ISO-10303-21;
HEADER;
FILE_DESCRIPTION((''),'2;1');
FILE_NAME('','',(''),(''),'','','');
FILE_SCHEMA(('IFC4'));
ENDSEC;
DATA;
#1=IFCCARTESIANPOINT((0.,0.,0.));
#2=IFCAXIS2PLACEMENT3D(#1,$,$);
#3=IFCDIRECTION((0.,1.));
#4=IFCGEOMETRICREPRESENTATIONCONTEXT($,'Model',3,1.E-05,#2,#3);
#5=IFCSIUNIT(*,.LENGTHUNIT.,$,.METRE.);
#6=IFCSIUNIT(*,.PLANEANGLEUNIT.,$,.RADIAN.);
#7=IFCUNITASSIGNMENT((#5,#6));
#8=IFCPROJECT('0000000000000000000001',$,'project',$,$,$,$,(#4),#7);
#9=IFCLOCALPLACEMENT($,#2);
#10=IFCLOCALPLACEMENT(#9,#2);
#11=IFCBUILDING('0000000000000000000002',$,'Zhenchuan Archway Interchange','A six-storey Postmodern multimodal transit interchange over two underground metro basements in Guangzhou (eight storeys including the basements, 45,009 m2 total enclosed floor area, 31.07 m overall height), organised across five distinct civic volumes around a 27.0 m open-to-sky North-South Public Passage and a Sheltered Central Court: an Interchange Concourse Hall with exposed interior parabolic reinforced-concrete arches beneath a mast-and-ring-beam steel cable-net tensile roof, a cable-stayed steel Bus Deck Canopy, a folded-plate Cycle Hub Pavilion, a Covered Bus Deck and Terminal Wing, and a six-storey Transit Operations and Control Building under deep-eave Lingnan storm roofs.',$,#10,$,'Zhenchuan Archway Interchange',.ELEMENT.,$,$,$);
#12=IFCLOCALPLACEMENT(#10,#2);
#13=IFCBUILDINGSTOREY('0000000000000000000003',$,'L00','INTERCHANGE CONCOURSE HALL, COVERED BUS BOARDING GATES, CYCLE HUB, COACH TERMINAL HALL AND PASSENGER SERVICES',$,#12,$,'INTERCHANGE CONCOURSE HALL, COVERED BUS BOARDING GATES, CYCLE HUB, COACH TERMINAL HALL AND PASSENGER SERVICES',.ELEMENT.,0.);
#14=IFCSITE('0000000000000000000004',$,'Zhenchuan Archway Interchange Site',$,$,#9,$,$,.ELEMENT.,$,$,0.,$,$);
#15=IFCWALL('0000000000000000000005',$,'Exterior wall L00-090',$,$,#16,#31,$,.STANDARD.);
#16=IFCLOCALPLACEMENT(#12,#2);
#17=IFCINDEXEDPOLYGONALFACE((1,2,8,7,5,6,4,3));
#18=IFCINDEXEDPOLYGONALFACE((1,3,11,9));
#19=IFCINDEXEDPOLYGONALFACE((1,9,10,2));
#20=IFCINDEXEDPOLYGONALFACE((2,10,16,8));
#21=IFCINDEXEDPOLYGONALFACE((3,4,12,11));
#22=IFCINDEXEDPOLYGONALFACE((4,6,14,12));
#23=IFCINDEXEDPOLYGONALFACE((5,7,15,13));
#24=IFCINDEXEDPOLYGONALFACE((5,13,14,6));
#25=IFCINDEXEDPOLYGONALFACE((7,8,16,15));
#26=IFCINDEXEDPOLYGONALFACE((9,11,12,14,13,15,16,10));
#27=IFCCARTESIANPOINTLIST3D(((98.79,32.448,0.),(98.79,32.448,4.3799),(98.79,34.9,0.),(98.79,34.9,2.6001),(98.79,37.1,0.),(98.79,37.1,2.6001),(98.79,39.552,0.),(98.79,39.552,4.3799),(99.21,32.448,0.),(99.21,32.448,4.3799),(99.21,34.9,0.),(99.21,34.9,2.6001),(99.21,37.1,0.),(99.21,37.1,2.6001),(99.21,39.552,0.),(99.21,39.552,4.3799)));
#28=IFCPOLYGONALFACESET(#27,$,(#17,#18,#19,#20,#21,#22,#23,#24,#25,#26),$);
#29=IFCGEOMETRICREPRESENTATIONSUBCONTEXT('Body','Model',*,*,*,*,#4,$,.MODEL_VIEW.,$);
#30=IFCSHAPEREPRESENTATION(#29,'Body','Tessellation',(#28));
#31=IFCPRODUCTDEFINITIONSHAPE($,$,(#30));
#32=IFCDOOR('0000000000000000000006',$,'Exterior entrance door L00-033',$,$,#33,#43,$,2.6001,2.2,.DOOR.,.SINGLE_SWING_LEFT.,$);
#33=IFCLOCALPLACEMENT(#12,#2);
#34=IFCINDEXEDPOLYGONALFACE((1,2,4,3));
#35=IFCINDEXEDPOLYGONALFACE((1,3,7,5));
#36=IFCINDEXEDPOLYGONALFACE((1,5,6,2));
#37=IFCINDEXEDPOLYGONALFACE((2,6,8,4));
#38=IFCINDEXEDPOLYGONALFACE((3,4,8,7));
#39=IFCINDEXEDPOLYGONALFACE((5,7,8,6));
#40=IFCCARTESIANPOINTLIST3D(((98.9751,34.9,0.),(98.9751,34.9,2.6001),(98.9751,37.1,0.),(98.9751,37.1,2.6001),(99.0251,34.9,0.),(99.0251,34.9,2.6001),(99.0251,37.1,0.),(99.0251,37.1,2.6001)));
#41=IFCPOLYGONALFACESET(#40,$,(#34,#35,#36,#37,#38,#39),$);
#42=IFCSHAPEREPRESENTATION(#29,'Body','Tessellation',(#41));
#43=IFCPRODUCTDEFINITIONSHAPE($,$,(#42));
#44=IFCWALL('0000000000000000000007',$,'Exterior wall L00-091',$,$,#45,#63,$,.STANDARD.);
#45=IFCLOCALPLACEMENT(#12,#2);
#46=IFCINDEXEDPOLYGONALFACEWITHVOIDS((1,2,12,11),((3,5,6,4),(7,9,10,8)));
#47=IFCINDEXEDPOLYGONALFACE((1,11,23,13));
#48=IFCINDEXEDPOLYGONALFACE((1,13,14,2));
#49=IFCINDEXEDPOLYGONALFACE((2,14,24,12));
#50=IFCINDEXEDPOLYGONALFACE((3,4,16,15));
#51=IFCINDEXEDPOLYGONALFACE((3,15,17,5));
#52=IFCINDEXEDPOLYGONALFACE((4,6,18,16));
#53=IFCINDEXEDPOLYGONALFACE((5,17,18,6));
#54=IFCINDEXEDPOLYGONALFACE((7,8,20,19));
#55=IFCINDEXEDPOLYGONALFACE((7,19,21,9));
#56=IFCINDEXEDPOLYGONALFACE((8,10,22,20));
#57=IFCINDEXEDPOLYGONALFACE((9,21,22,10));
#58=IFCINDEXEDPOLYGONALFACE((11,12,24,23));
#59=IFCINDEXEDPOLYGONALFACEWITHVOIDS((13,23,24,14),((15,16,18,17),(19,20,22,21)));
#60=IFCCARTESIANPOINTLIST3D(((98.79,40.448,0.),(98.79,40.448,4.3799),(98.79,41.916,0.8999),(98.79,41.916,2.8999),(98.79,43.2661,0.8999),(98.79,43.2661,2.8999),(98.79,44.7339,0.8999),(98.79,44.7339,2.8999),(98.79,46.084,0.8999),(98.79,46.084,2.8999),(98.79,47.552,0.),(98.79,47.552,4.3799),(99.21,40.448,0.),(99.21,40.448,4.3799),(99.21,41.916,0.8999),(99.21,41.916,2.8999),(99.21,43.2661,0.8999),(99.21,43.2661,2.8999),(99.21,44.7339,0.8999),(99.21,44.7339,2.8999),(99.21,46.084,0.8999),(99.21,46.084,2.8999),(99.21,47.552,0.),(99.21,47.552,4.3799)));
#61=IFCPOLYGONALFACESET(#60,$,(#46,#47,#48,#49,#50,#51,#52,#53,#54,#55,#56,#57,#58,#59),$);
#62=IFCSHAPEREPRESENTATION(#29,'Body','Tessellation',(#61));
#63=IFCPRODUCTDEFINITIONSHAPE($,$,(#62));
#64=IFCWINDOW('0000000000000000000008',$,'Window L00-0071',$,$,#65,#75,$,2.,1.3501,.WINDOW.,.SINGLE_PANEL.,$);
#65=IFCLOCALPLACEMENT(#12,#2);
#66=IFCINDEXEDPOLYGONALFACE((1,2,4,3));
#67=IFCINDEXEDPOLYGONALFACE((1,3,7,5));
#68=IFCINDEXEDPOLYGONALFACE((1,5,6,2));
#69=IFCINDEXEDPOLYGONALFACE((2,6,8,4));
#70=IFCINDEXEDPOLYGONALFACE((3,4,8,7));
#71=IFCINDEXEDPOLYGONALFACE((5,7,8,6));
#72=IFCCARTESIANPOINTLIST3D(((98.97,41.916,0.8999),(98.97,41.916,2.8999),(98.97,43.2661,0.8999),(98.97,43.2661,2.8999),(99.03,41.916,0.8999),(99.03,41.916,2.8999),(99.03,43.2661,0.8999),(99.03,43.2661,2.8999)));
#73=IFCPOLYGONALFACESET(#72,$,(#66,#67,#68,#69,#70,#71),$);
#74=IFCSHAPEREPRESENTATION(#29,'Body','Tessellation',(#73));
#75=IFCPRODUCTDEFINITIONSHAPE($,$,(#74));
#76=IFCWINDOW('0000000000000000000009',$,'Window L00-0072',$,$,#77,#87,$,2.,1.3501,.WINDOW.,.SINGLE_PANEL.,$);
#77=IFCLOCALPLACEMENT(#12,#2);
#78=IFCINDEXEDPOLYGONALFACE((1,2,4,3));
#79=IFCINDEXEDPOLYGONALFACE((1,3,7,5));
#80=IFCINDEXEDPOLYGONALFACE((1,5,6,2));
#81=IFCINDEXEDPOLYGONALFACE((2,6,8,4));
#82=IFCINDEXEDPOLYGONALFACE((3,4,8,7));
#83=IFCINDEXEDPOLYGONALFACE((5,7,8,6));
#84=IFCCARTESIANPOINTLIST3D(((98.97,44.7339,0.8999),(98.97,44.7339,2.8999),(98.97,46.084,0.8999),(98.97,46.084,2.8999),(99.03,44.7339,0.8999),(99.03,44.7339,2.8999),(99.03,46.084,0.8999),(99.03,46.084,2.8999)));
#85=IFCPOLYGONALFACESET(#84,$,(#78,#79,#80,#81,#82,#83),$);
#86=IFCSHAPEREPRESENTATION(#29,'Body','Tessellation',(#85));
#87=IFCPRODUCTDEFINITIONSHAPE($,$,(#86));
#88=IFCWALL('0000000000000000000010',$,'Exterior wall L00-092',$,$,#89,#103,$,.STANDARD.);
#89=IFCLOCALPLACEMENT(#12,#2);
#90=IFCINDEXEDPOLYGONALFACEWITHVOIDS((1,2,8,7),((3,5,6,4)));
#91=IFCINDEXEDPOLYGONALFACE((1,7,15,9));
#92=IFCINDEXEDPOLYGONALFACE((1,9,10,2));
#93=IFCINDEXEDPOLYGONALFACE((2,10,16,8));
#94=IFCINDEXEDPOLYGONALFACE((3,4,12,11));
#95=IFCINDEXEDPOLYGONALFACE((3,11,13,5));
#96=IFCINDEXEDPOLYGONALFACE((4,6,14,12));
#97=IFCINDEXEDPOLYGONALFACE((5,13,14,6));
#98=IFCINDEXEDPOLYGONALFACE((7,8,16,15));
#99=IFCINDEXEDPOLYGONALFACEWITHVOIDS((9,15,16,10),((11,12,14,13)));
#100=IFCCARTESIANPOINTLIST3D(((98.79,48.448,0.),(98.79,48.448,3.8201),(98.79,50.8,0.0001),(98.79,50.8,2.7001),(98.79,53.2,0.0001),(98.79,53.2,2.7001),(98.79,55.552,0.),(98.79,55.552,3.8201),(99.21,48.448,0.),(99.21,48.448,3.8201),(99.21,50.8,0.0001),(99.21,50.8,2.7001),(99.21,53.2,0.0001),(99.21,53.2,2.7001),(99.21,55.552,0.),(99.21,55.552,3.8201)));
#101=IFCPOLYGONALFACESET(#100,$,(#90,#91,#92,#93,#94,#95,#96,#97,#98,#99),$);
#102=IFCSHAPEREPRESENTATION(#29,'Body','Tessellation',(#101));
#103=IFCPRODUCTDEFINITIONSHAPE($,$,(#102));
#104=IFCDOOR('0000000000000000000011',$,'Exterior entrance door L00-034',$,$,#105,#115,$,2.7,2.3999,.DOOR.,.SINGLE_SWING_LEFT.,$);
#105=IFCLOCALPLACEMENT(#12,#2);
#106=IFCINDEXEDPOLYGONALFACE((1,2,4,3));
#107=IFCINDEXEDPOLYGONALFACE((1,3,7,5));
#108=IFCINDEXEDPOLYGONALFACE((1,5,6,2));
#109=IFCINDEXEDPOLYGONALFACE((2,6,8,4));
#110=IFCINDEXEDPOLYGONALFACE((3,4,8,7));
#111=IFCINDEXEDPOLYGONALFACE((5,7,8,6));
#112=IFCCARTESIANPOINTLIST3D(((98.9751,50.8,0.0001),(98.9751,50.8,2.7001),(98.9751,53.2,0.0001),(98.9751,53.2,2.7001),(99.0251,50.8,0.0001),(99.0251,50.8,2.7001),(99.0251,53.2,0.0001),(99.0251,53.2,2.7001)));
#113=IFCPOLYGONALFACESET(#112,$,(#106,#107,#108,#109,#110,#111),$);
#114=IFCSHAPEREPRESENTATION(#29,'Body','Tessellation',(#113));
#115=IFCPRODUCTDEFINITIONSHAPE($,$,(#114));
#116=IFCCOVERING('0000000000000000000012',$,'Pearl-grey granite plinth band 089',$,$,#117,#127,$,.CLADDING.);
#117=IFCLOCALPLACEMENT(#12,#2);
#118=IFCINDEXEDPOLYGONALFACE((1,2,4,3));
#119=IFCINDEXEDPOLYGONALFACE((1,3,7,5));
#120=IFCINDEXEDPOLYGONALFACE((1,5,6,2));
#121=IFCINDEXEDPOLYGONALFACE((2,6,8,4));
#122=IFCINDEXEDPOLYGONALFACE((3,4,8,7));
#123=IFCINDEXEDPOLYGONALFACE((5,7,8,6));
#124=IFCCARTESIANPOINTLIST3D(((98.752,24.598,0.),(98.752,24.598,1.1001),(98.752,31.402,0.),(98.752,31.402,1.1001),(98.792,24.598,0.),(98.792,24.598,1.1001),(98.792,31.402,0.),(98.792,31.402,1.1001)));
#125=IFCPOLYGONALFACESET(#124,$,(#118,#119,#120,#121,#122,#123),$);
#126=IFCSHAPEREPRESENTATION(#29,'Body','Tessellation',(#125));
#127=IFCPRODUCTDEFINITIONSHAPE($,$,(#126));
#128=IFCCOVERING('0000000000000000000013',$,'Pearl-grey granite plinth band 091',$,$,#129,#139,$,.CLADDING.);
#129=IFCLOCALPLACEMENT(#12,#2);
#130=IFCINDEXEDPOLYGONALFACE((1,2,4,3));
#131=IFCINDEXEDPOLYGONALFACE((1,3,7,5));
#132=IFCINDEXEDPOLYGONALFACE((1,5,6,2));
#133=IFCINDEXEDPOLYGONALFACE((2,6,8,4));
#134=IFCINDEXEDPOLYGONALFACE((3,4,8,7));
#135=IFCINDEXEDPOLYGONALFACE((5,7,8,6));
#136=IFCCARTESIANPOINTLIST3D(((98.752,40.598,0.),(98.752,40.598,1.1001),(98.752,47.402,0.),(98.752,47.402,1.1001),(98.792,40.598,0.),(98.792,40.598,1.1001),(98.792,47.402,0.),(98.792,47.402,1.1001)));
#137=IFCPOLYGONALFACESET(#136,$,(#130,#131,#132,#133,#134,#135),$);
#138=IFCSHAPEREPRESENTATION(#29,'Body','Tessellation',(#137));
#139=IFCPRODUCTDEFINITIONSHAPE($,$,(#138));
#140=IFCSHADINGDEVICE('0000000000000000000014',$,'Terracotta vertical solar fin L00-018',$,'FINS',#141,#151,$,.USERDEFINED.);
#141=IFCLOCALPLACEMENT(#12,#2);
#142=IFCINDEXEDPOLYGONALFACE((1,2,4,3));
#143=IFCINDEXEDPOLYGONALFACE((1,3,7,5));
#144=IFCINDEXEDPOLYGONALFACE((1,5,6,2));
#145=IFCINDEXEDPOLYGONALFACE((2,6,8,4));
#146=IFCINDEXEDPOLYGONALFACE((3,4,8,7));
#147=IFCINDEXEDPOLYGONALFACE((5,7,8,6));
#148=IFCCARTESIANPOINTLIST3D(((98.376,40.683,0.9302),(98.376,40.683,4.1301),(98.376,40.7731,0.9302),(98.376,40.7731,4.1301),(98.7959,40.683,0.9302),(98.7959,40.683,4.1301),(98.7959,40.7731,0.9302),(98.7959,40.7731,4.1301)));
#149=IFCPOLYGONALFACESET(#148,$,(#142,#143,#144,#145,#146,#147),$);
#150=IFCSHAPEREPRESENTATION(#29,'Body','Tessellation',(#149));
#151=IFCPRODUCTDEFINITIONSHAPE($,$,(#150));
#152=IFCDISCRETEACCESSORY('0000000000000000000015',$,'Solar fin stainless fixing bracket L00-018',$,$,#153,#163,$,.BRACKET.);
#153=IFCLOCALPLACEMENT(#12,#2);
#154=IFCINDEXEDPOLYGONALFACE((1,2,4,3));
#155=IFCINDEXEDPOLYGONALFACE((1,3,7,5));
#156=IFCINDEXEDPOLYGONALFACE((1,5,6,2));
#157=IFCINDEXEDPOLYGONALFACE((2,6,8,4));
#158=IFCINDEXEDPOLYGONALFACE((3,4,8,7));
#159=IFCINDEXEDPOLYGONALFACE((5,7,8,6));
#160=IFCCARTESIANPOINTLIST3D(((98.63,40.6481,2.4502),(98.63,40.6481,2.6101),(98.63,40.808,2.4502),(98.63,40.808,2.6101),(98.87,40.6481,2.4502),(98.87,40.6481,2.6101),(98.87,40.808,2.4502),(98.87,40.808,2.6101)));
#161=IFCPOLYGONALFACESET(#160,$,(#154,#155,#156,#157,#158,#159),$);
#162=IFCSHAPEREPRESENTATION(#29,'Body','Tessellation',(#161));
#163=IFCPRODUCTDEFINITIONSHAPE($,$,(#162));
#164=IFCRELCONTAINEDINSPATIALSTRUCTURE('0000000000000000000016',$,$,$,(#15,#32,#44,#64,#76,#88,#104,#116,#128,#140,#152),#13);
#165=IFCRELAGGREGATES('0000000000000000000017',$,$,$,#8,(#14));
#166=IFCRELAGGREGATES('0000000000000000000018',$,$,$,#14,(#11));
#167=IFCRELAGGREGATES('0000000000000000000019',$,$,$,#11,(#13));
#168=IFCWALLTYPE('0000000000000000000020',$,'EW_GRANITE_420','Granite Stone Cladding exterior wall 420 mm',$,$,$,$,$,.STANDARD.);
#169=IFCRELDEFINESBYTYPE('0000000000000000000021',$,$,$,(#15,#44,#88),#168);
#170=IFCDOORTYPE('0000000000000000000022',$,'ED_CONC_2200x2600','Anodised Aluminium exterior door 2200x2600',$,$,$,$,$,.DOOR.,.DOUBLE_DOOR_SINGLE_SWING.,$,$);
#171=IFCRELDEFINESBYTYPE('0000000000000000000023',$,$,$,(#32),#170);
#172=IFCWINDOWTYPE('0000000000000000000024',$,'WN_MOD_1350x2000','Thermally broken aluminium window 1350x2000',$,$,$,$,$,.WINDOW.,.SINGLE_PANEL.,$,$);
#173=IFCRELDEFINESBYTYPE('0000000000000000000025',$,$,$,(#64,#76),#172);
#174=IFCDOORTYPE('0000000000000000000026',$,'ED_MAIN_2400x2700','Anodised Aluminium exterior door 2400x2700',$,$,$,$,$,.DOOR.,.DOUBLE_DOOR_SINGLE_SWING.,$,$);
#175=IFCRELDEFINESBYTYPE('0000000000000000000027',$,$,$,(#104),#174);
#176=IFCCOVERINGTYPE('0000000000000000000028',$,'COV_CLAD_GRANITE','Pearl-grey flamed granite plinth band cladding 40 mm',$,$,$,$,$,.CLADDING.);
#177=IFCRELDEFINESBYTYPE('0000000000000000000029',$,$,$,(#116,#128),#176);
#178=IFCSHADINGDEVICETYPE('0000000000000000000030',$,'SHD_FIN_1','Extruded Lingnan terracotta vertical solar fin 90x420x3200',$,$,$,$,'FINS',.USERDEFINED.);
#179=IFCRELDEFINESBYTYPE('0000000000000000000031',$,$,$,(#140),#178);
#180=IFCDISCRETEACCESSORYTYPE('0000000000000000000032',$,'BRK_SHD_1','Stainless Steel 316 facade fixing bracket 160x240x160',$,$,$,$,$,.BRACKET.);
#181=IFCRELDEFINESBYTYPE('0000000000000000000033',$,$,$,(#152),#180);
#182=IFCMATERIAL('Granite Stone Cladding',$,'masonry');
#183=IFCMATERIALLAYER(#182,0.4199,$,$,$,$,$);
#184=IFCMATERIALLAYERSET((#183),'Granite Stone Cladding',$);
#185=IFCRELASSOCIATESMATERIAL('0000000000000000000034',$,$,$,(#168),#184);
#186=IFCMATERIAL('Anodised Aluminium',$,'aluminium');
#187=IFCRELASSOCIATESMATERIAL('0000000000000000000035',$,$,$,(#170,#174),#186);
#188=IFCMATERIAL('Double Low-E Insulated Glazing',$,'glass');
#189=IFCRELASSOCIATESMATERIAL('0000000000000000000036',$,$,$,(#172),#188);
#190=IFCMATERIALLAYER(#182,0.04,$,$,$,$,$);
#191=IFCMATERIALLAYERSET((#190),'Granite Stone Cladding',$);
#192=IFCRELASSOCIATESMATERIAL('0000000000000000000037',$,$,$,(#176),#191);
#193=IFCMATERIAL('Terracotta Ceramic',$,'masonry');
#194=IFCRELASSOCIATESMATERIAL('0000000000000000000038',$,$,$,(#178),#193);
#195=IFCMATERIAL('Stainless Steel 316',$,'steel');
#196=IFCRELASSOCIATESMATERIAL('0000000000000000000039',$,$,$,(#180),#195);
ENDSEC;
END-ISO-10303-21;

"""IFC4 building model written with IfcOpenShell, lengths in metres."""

from ifc_helpers import new_model, si_unit, direction, frame, frame_2d, origin, origin_2d, place, context, subcontext, project, spatial, rectangle, extrude, material, layer, layer_set, type_object, element, fill, save


model = new_model("IFC4")

# Units and contexts
model_context = context("Model", 3, precision=1e-05, world=origin(), true_north=direction((0.0, 1.0)))
body_context = subcontext(model_context, "Body", "Model", "MODEL_VIEW")
ifc_project = project(units=[si_unit("LENGTHUNIT", "METRE"), si_unit("PLANEANGLEUNIT", "RADIAN")], contexts=[model_context])

# Site, building, storey
site_placement = place(None, origin())
site = spatial("IfcSite", under=ifc_project, at=site_placement, Name="Zhenchuan Archway Interchange Site", CompositionType="ELEMENT", RefElevation=0.0)
building_placement = place(site_placement, origin())
building = spatial("IfcBuilding", under=site, at=building_placement, Name="Zhenchuan Archway Interchange", Description="A six-storey Postmodern multimodal transit interchange over two underground metro basements in Guangzhou (eight storeys including the basements, 45,009 m2 total enclosed floor area, 31.07 m overall height), organised across five distinct civic volumes around a 27.0 m open-to-sky North-South Public Passage and a Sheltered Central Court: an Interchange Concourse Hall with exposed interior parabolic reinforced-concrete arches beneath a mast-and-ring-beam steel cable-net tensile roof, a cable-stayed steel Bus Deck Canopy, a folded-plate Cycle Hub Pavilion, a Covered Bus Deck and Terminal Wing, and a six-storey Transit Operations and Control Building under deep-eave Lingnan storm roofs.", LongName="Zhenchuan Archway Interchange", CompositionType="ELEMENT")
storey_placement = place(building_placement, origin())
storey = spatial("IfcBuildingStorey", under=building, at=storey_placement, Name="L00", Description="INTERCHANGE CONCOURSE HALL, COVERED BUS BOARDING GATES, CYCLE HUB, COACH TERMINAL HALL AND PASSENGER SERVICES", LongName="INTERCHANGE CONCOURSE HALL, COVERED BUS BOARDING GATES, CYCLE HUB, COACH TERMINAL HALL AND PASSENGER SERVICES", CompositionType="ELEMENT", Elevation=0.0)

# Wall, opening, door
ifc_material_1 = material(Name="Granite Stone Cladding", Category="masonry")
ifc_layer_1 = layer(ifc_material_1, 0.4199)
ifc_layer_set_1 = layer_set([ifc_layer_1], Name="Granite Stone Cladding")
wall_type = type_object("IfcWallType", Name="EW_GRANITE_420", Description="Granite Stone Cladding exterior wall 420 mm", PredefinedType="STANDARD", material=ifc_layer_set_1)
wall_1_placement = place(storey_placement, frame((99.0, 32.448, 0.0), z_axis=(0.0, 0.0, 1.0), x_axis=(0.0, 1.0, 0.0)))
wall_1 = element("IfcWall", 1, at=wall_1_placement, inside=storey, type_object=wall_type, Name="Exterior wall L00-090", PredefinedType="STANDARD", context=body_context, shape_type="SweptSolid", body=[
    extrude(rectangle(XDim=7.104, YDim=0.4199, at=frame_2d((3.552, 0.0))), origin(), (0.0, 0.0, 1.0), 4.3799),
])
opening_1_placement = place(wall_1_placement, frame((2.4519, 0.0, 0.0)))
opening_1 = element("IfcOpeningElement", 2, at=opening_1_placement, cuts=wall_1, PredefinedType="OPENING", context=body_context, shape_type="SweptSolid", body=[
    extrude(rectangle(XDim=2.2, YDim=2.6001, at=frame_2d((1.1001, 1.3))), frame((0.0, 0.2219, 0.0), z_axis=(0.0, -1.0, 0.0), x_axis=(1.0, 0.0, 0.0)), (0.0, 0.0, 1.0), 0.4438),
])
ifc_material_2 = material(Name="Anodised Aluminium", Category="aluminium")
door_type_1 = type_object("IfcDoorType", Name="ED_CONC_2200x2600", Description="Anodised Aluminium exterior door 2200x2600", OperationType="DOUBLE_DOOR_SINGLE_SWING", PredefinedType="DOOR", material=ifc_material_2)
door_1_placement = place(opening_1_placement, origin())
door_1 = element("IfcDoor", 3, at=door_1_placement, inside=storey, type_object=door_type_1, Name="Exterior entrance door L00-033", OperationType="SINGLE_SWING_LEFT", OverallHeight=2.6001, OverallWidth=2.2, PredefinedType="DOOR", context=body_context, shape_type="SweptSolid", body=[
    extrude(rectangle(XDim=2.2, YDim=2.6001, at=frame_2d((1.1001, 1.3))), frame((0.0, 0.0249, 0.0), z_axis=(0.0, -1.0, 0.0), x_axis=(1.0, 0.0, 0.0)), (0.0, 0.0, 1.0), 0.05),
])
fill(opening_1, door_1)

# Wall, openings, windows
wall_2_placement = place(storey_placement, frame((99.0, 40.448, 0.0), z_axis=(0.0, 0.0, 1.0), x_axis=(0.0, 1.0, 0.0)))
wall_2 = element("IfcWall", 4, at=wall_2_placement, inside=storey, type_object=wall_type, Name="Exterior wall L00-091", PredefinedType="STANDARD", context=body_context, shape_type="SweptSolid", body=[
    extrude(rectangle(XDim=7.104, YDim=0.4199, at=frame_2d((3.552, 0.0))), origin(), (0.0, 0.0, 1.0), 4.3799),
])
opening_2_placement = place(wall_2_placement, frame((1.468, 0.0, 0.8999)))
opening_2 = element("IfcOpeningElement", 5, at=opening_2_placement, cuts=wall_2, PredefinedType="OPENING", context=body_context, shape_type="SweptSolid", body=[
    extrude(rectangle(XDim=1.3501, YDim=2.0, at=frame_2d((0.675, 1.0))), frame((0.0, 0.2219, 0.0), z_axis=(0.0, -1.0, 0.0), x_axis=(1.0, 0.0, 0.0)), (0.0, 0.0, 1.0), 0.4438),
])
opening_3_placement = place(wall_2_placement, frame((4.2859, 0.0, 0.8999)))
opening_3 = element("IfcOpeningElement", 6, at=opening_3_placement, cuts=wall_2, PredefinedType="OPENING", context=body_context, shape_type="SweptSolid", body=[
    extrude(rectangle(XDim=1.3501, YDim=2.0, at=frame_2d((0.675, 1.0))), frame((0.0, 0.2219, 0.0), z_axis=(0.0, -1.0, 0.0), x_axis=(1.0, 0.0, 0.0)), (0.0, 0.0, 1.0), 0.4438),
])
ifc_material_3 = material(Name="Double Low-E Insulated Glazing", Category="glass")
window_type = type_object("IfcWindowType", Name="WN_MOD_1350x2000", Description="Thermally broken aluminium window 1350x2000", PartitioningType="SINGLE_PANEL", PredefinedType="WINDOW", material=ifc_material_3)
window_1_placement = place(opening_2_placement, origin())
window_1 = element("IfcWindow", 7, at=window_1_placement, inside=storey, type_object=window_type, Name="Window L00-0071", OverallHeight=2.0, OverallWidth=1.3501, PartitioningType="SINGLE_PANEL", PredefinedType="WINDOW", context=body_context, shape_type="SweptSolid", body=[
    extrude(rectangle(XDim=1.3501, YDim=2.0, at=frame_2d((0.675, 1.0))), frame((0.0, 0.03, 0.0), z_axis=(0.0, -1.0, 0.0), x_axis=(1.0, 0.0, 0.0)), (0.0, 0.0, 1.0), 0.0601),
])
fill(opening_2, window_1)
window_2_placement = place(opening_3_placement, origin())
window_2 = element("IfcWindow", 8, at=window_2_placement, inside=storey, type_object=window_type, Name="Window L00-0072", OverallHeight=2.0, OverallWidth=1.3501, PartitioningType="SINGLE_PANEL", PredefinedType="WINDOW", context=body_context, shape_type="SweptSolid", body=[
    extrude(rectangle(XDim=1.3501, YDim=2.0, at=frame_2d((0.675, 1.0))), frame((0.0, 0.03, 0.0), z_axis=(0.0, -1.0, 0.0), x_axis=(1.0, 0.0, 0.0)), (0.0, 0.0, 1.0), 0.0601),
])
fill(opening_3, window_2)

# Wall, opening, door
wall_3_placement = place(storey_placement, frame((99.0, 48.448, 0.0), z_axis=(0.0, 0.0, 1.0), x_axis=(0.0, 1.0, 0.0)))
wall_3 = element("IfcWall", 9, at=wall_3_placement, inside=storey, type_object=wall_type, Name="Exterior wall L00-092", PredefinedType="STANDARD", context=body_context, shape_type="SweptSolid", body=[
    extrude(rectangle(XDim=7.104, YDim=0.4199, at=frame_2d((3.552, 0.0))), origin(), (0.0, 0.0, 1.0), 3.8201),
])
opening_4_placement = place(wall_3_placement, frame((2.3521, 0.0, 0.0)))
opening_4 = element("IfcOpeningElement", 10, at=opening_4_placement, cuts=wall_3, PredefinedType="OPENING", context=body_context, shape_type="SweptSolid", body=[
    extrude(rectangle(XDim=2.3999, YDim=2.7, at=frame_2d((1.2, 1.3501))), frame((0.0, 0.2219, 0.0), z_axis=(0.0, -1.0, 0.0), x_axis=(1.0, 0.0, 0.0)), (0.0, 0.0, 1.0), 0.4438),
])
door_type_2 = type_object("IfcDoorType", Name="ED_MAIN_2400x2700", Description="Anodised Aluminium exterior door 2400x2700", OperationType="DOUBLE_DOOR_SINGLE_SWING", PredefinedType="DOOR", material=ifc_material_2)
door_2_placement = place(opening_4_placement, origin())
door_2 = element("IfcDoor", 11, at=door_2_placement, inside=storey, type_object=door_type_2, Name="Exterior entrance door L00-034", OperationType="SINGLE_SWING_LEFT", OverallHeight=2.7, OverallWidth=2.3999, PredefinedType="DOOR", context=body_context, shape_type="SweptSolid", body=[
    extrude(rectangle(XDim=2.3999, YDim=2.7, at=frame_2d((1.2, 1.3501))), frame((0.0, 0.0249, 0.0), z_axis=(0.0, -1.0, 0.0), x_axis=(1.0, 0.0, 0.0)), (0.0, 0.0, 1.0), 0.05),
])
fill(opening_4, door_2)

# Coverings
ifc_layer_2 = layer(ifc_material_1, 0.04)
ifc_layer_set_2 = layer_set([ifc_layer_2], Name="Granite Stone Cladding")
covering_type = type_object("IfcCoveringType", Name="COV_CLAD_GRANITE", Description="Pearl-grey flamed granite plinth band cladding 40 mm", PredefinedType="CLADDING", material=ifc_layer_set_2)
for number, where, z_axis, x_axis, name in (
    (12, (98.772, 28.0, 0.0), (0.0, 0.0, 1.0), (0.0, 1.0, 0.0), "Pearl-grey granite plinth band 089"),
    (13, (98.772, 44.0, 0.0), (0.0, 0.0, 1.0), (0.0, 1.0, 0.0), "Pearl-grey granite plinth band 091"),
):
    element("IfcCovering", number, at=place(storey_placement, frame(where, z_axis=z_axis, x_axis=x_axis)), inside=storey, type_object=covering_type, Name=name, PredefinedType="CLADDING", context=body_context, shape_type="SweptSolid", body=[
        extrude(rectangle(XDim=6.804, YDim=0.04, at=origin_2d()), origin(), (0.0, 0.0, 1.0), 1.1001),
    ])

# Shading device
ifc_material_4 = material(Name="Terracotta Ceramic", Category="masonry")
shading_device_type = type_object("IfcShadingDeviceType", Name="SHD_FIN_1", Description="Extruded Lingnan terracotta vertical solar fin 90x420x3200", ElementType="FINS", PredefinedType="USERDEFINED", material=ifc_material_4)
shading_device_placement = place(storey_placement, frame((98.5859, 40.728, 0.9302), z_axis=(0.0, 0.0, 1.0), x_axis=(0.0, 1.0, 0.0)))
element("IfcShadingDevice", 14, at=shading_device_placement, inside=storey, type_object=shading_device_type, Name="Terracotta vertical solar fin L00-018", ObjectType="FINS", PredefinedType="USERDEFINED", context=body_context, shape_type="SweptSolid", body=[
    extrude(rectangle(XDim=0.0901, YDim=0.4199, at=origin_2d()), origin(), (0.0, 0.0, 1.0), 3.2),
])

# Discrete accessory
ifc_material_5 = material(Name="Stainless Steel 316", Category="steel")
discrete_accessory_type = type_object("IfcDiscreteAccessoryType", Name="BRK_SHD_1", Description="Stainless Steel 316 facade fixing bracket 160x240x160", PredefinedType="BRACKET", material=ifc_material_5)
discrete_accessory_placement = place(storey_placement, frame((98.75, 40.728, 2.4502), z_axis=(0.0, 0.0, 1.0), x_axis=(0.0, 1.0, 0.0)))
element("IfcDiscreteAccessory", 15, at=discrete_accessory_placement, inside=storey, type_object=discrete_accessory_type, Name="Solar fin stainless fixing bracket L00-018", PredefinedType="BRACKET", context=body_context, shape_type="SweptSolid", body=[
    extrude(rectangle(XDim=0.1599, YDim=0.24, at=origin_2d()), origin(), (0.0, 0.0, 1.0), 0.1599),
])

save(model, "model.ifc")
